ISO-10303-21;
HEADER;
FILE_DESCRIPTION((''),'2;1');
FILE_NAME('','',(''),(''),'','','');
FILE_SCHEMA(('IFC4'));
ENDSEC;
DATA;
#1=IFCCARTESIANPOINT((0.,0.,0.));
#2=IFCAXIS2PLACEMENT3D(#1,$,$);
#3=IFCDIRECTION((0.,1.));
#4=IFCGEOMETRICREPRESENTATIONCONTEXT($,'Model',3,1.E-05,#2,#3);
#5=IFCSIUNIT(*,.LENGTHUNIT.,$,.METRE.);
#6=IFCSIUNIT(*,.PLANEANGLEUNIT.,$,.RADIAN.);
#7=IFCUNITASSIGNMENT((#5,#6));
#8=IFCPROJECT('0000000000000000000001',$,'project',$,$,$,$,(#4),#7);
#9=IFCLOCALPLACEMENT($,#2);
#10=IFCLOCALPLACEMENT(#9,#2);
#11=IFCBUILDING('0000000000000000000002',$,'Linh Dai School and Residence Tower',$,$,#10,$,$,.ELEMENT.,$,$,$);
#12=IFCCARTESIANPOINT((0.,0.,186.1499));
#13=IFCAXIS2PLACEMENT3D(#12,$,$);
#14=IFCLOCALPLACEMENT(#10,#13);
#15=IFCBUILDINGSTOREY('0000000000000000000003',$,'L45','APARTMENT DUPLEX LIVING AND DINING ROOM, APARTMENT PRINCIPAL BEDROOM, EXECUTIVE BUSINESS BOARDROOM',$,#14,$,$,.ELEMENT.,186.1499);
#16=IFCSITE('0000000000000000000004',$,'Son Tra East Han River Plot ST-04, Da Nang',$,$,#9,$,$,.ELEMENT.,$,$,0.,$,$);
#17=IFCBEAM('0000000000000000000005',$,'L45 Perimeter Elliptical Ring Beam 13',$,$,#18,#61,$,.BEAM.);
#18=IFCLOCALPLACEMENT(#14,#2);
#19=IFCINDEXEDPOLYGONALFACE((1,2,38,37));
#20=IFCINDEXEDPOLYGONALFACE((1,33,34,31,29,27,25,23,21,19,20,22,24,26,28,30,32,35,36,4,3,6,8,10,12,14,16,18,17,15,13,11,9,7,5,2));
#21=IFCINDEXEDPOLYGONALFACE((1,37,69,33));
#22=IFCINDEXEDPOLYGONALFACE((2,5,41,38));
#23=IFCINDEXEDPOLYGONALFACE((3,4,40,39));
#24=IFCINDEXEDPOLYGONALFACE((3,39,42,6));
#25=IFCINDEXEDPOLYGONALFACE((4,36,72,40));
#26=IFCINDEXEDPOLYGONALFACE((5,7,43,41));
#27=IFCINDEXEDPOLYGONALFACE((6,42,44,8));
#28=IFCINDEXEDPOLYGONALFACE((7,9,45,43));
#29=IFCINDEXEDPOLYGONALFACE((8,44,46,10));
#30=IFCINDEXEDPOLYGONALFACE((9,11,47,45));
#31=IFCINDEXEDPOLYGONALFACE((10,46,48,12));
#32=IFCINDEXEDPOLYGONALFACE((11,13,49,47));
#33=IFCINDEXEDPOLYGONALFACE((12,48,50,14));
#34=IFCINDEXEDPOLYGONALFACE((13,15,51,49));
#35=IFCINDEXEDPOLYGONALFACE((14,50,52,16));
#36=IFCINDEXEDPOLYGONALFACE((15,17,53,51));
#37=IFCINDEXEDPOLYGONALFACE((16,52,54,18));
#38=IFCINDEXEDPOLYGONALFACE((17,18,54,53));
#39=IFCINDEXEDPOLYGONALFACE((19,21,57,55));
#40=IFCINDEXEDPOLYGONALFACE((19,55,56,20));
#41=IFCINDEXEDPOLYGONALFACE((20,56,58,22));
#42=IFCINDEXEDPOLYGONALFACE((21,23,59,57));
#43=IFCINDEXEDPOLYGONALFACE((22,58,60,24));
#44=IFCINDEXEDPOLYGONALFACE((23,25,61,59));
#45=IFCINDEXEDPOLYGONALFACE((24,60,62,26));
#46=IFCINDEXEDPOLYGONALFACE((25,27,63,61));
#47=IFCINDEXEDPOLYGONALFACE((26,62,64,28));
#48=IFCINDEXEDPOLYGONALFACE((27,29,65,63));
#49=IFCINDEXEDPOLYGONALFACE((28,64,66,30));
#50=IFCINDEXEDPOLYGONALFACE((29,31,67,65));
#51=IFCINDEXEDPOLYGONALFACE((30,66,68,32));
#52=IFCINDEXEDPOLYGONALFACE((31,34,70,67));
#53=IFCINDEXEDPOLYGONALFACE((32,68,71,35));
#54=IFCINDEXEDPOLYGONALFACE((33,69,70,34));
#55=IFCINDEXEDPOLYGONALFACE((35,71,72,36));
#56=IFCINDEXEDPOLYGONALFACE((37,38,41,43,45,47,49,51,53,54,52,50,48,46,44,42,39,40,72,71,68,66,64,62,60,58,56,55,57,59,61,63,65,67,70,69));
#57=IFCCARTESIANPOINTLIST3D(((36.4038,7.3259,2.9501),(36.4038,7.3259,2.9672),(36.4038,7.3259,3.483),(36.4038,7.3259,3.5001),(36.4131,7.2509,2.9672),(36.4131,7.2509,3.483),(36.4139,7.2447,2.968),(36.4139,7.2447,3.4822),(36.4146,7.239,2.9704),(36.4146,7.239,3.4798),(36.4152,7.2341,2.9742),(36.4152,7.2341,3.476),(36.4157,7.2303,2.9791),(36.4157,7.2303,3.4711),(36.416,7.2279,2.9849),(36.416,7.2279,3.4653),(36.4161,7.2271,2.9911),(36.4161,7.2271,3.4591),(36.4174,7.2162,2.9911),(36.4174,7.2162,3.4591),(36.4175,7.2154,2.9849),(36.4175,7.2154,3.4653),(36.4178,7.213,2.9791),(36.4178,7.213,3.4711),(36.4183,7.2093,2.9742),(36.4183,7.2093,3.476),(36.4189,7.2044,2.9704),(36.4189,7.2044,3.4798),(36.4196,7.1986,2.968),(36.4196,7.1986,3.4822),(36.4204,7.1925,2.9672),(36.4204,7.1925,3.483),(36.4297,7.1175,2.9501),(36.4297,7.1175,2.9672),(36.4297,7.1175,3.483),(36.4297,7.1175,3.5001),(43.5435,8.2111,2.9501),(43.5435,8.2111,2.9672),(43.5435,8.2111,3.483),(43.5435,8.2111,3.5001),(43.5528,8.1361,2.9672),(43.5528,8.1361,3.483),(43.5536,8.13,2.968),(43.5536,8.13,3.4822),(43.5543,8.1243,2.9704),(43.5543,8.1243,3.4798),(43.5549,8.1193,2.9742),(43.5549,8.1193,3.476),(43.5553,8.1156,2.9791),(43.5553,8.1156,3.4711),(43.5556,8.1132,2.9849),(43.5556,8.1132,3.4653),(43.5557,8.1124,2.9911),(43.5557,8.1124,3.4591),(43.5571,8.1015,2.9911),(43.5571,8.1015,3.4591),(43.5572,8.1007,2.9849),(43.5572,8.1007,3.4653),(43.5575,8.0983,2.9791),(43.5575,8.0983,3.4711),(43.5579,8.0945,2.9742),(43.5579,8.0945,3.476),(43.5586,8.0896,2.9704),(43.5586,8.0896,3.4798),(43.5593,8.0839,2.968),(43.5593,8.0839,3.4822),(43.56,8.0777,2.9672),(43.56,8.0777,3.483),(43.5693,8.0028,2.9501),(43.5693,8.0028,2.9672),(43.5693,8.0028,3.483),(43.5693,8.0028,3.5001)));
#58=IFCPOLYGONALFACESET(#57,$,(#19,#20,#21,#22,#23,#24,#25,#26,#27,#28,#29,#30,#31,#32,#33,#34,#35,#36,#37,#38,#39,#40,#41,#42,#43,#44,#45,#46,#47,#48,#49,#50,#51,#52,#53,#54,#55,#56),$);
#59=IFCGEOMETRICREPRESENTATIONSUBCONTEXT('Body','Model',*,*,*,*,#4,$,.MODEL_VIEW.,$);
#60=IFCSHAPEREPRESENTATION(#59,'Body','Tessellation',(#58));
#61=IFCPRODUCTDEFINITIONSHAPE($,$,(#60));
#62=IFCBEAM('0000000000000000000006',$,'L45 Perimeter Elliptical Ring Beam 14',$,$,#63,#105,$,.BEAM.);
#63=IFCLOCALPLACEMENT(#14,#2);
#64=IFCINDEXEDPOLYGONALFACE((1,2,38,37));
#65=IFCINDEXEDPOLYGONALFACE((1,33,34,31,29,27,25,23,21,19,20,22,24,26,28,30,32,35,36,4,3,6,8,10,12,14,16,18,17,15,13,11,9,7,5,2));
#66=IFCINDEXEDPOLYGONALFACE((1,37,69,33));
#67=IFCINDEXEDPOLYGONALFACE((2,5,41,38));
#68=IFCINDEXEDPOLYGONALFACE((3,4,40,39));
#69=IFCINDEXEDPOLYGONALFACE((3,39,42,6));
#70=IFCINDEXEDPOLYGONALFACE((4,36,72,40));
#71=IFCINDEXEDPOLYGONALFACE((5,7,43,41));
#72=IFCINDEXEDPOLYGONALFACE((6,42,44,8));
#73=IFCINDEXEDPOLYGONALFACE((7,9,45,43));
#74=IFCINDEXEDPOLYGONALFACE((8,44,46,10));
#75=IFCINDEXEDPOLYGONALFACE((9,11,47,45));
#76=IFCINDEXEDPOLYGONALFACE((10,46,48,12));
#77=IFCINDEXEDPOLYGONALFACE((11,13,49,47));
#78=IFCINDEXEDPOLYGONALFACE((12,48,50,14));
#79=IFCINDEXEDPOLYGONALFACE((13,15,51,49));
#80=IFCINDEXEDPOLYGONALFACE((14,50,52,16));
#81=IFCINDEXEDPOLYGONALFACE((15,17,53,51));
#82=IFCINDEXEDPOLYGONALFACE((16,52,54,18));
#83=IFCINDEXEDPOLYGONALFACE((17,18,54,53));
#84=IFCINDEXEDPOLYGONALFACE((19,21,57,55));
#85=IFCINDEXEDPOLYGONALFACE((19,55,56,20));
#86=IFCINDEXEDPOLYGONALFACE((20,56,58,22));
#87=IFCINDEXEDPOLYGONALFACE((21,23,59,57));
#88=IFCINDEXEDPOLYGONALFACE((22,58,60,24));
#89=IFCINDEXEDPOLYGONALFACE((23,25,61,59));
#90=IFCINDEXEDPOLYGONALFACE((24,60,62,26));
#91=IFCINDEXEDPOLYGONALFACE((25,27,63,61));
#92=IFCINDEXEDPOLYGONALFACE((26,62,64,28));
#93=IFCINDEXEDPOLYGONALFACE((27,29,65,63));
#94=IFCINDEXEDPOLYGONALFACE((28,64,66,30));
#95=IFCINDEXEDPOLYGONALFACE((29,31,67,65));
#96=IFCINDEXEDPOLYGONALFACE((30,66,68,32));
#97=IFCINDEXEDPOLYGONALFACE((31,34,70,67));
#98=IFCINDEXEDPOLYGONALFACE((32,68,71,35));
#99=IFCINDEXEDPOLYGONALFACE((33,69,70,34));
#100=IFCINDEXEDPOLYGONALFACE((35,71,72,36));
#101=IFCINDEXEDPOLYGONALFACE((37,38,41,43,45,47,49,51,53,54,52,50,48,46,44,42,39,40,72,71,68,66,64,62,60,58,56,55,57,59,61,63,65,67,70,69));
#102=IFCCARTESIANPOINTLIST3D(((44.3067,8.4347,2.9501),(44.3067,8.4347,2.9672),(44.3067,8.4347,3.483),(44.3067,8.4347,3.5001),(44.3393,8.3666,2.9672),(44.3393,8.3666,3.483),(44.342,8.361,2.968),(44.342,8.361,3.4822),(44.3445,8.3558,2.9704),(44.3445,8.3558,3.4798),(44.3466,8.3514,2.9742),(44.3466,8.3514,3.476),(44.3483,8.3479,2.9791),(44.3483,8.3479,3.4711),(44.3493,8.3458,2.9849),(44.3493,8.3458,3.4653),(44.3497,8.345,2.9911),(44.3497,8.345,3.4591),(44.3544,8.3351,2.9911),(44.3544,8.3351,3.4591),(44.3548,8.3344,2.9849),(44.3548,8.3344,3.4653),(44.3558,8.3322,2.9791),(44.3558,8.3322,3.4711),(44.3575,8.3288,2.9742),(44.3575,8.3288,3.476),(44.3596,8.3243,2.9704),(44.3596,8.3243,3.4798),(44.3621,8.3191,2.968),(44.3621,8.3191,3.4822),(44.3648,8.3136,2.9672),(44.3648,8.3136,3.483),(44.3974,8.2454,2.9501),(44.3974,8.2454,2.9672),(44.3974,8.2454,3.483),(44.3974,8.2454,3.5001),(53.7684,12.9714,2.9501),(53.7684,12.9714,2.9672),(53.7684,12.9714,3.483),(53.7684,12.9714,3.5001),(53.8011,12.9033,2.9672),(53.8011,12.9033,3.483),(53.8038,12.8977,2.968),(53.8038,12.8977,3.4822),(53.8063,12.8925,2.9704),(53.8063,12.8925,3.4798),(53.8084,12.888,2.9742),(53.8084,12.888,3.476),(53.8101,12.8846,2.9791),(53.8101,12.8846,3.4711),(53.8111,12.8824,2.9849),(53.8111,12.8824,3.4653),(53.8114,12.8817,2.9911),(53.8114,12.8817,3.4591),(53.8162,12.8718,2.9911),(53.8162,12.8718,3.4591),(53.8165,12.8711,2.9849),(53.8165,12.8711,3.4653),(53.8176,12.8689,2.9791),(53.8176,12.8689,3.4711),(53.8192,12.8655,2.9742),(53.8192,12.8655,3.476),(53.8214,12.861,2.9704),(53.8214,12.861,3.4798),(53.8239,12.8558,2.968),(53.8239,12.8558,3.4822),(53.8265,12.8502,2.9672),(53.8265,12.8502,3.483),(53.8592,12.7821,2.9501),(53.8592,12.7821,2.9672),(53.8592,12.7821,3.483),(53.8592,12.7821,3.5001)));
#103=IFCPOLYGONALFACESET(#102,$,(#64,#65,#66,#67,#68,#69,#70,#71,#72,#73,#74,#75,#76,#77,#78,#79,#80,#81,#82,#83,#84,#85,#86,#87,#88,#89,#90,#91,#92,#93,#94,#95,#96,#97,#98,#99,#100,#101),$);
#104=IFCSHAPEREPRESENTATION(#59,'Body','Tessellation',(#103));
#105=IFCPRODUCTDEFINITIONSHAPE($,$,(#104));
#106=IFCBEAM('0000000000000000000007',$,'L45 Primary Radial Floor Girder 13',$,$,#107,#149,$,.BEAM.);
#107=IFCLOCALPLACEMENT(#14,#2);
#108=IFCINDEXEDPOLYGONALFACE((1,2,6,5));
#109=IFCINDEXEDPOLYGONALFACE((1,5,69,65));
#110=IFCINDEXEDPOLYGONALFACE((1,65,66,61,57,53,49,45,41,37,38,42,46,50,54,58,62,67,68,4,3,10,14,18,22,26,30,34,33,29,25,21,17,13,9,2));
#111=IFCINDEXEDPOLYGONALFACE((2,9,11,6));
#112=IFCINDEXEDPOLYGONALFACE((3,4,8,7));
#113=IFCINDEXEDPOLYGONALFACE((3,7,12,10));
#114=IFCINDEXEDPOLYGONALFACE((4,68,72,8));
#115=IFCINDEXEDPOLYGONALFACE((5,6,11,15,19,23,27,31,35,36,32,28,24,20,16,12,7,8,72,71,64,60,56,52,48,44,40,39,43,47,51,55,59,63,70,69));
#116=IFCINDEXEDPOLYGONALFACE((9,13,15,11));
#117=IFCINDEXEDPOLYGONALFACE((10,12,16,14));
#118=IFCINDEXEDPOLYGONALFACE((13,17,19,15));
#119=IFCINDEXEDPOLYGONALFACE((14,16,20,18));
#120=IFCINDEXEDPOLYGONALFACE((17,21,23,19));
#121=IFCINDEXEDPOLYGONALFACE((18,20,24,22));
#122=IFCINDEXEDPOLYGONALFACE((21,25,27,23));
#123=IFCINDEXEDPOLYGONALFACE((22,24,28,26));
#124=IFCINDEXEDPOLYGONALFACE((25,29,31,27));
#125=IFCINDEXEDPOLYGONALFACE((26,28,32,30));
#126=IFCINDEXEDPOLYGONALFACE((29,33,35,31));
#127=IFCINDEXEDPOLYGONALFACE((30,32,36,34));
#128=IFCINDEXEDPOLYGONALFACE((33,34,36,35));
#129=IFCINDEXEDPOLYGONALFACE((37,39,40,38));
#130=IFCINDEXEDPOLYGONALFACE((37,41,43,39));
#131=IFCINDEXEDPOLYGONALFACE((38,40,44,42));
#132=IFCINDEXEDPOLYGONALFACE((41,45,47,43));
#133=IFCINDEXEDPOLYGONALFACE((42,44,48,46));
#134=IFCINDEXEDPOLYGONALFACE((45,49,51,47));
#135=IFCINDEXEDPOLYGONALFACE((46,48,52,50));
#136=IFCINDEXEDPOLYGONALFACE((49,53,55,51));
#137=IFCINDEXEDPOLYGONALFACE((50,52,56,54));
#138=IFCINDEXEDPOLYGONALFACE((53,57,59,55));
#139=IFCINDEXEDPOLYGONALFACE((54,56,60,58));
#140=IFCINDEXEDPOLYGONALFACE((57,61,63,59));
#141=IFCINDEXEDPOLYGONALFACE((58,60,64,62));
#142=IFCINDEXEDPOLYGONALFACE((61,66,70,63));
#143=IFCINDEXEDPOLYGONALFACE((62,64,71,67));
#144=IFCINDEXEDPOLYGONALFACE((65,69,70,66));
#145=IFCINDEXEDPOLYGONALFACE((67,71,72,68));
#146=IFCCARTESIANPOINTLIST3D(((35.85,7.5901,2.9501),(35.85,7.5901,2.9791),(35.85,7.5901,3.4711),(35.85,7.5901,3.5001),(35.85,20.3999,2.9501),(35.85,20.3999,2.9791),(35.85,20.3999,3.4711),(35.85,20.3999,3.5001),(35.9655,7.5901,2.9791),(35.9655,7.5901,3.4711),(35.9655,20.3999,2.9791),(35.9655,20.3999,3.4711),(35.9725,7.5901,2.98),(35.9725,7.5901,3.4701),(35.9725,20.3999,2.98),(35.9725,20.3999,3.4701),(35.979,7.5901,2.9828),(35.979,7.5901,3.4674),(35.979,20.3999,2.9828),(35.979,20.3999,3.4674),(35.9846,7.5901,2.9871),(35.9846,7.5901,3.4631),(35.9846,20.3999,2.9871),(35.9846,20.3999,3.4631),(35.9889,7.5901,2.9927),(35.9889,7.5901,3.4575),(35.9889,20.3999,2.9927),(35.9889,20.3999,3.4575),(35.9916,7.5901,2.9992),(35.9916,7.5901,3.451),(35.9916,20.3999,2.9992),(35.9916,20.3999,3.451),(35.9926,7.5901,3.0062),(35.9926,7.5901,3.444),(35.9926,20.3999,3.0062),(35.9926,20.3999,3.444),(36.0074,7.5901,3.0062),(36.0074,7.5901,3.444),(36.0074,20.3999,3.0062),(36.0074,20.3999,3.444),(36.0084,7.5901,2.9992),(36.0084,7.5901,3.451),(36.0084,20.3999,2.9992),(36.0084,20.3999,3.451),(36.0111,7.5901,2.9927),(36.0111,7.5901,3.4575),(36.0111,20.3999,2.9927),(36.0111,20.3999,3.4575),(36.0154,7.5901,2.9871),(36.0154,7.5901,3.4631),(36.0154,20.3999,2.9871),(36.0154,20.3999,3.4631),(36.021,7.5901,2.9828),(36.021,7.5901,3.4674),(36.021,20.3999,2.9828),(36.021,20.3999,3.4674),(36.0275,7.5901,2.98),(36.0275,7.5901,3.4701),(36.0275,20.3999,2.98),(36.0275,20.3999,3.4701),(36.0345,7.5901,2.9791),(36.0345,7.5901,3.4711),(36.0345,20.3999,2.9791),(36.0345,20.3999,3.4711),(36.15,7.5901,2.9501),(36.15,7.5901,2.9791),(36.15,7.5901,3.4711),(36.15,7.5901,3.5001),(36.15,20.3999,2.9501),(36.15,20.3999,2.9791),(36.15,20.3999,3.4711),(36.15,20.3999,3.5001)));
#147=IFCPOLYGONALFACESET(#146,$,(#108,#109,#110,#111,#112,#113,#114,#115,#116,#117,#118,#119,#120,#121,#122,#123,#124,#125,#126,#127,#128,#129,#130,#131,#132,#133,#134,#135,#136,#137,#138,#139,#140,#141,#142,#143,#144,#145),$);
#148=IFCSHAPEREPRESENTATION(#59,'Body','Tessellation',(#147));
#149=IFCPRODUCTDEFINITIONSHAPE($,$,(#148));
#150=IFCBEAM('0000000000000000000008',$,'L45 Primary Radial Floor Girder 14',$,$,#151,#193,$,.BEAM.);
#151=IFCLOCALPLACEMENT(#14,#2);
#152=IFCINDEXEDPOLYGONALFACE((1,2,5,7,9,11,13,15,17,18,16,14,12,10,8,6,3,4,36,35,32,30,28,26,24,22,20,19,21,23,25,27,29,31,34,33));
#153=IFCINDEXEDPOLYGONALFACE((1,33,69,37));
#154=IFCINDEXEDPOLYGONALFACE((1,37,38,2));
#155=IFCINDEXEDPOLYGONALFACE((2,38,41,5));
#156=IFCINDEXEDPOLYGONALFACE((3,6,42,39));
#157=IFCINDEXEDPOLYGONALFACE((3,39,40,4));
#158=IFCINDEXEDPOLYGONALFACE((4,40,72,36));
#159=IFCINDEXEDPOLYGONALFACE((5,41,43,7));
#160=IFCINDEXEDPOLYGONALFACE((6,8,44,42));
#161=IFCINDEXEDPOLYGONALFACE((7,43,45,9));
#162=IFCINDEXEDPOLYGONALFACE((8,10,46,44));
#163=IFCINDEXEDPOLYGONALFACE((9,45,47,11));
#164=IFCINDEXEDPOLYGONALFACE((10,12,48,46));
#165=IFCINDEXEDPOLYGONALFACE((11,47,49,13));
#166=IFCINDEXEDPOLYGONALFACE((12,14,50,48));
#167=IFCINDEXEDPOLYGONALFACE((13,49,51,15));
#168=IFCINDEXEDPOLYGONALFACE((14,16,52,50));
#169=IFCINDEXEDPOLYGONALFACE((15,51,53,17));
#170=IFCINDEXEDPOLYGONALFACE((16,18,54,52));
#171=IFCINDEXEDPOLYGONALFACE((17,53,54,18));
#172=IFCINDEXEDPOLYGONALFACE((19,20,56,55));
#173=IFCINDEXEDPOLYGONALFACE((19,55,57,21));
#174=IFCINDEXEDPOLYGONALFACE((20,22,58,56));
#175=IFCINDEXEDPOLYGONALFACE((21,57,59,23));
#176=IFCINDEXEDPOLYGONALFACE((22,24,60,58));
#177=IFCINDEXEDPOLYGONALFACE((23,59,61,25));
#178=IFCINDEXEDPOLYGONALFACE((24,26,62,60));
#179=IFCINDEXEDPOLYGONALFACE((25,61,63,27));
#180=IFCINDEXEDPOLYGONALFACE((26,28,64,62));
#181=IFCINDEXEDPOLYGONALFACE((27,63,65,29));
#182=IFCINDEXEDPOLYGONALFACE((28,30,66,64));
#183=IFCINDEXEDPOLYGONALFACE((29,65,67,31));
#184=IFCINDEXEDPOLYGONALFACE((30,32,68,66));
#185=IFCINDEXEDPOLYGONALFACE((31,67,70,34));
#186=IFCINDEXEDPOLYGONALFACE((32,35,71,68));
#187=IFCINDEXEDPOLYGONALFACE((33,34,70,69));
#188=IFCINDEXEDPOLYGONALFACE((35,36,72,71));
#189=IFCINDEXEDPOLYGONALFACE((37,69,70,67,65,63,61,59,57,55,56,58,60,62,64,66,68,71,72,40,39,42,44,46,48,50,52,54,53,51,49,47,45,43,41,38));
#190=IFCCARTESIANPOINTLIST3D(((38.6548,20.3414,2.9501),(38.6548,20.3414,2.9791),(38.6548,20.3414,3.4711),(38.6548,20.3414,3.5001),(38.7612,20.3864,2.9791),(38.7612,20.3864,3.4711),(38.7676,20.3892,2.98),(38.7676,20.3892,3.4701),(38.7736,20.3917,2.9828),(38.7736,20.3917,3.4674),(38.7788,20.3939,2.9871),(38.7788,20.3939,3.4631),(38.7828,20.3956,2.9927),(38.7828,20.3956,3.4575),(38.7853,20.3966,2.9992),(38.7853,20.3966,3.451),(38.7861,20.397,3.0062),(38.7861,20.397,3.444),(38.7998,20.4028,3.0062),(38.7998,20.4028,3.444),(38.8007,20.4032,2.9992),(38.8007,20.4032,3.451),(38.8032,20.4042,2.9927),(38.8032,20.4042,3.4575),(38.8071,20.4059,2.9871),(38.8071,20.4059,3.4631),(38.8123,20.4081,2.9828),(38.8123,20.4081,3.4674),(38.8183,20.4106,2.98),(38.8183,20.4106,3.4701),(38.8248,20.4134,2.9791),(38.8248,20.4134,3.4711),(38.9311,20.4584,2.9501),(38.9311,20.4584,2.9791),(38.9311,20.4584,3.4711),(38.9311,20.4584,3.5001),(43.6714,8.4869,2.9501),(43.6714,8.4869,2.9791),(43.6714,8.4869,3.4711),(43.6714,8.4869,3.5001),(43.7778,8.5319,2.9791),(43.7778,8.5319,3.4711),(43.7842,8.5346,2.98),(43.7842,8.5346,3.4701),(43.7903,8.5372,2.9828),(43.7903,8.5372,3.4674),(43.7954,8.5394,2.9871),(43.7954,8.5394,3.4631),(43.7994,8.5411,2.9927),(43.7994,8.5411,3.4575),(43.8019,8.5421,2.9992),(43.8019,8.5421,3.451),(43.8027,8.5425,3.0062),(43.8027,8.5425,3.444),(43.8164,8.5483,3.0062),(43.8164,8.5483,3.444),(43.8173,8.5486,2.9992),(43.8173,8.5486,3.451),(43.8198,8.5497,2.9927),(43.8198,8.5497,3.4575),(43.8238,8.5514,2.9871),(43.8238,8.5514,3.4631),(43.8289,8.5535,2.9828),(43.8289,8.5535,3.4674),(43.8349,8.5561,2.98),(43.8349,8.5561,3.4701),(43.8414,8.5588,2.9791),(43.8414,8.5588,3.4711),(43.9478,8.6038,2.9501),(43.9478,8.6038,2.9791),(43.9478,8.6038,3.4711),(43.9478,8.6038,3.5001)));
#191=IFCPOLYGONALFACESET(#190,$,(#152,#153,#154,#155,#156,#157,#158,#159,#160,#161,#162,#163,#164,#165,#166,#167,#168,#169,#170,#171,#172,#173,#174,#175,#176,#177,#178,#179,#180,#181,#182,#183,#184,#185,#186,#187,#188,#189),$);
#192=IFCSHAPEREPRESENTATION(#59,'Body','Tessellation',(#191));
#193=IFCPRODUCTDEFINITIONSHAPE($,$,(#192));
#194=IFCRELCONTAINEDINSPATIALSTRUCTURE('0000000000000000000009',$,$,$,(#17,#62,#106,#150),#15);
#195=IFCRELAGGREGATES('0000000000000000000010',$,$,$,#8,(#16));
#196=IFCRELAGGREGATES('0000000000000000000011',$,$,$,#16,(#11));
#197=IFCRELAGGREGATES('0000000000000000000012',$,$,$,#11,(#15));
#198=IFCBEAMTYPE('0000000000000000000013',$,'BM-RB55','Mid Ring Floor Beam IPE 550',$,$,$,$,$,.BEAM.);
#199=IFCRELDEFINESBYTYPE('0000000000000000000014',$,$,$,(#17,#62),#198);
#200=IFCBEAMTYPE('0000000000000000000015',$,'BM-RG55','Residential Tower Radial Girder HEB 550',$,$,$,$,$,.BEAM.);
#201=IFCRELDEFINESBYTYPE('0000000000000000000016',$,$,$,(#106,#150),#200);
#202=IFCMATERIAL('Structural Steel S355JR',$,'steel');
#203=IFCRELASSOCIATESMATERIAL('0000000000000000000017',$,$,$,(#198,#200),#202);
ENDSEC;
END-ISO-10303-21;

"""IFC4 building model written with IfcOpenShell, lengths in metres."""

from ifc_helpers import new_model, si_unit, direction, frame, origin, origin_2d, place, context, subcontext, project, spatial, i_section, extrude, material, material_profile, profile_set, type_object, element, save


model = new_model("IFC4")

# Units and contexts
model_context = context("Model", 3, precision=1e-05, world=origin(), true_north=direction((0.0, 1.0)))
body_context = subcontext(model_context, "Body", "Model", "MODEL_VIEW")
ifc_project = project(units=[si_unit("LENGTHUNIT", "METRE"), si_unit("PLANEANGLEUNIT", "RADIAN")], contexts=[model_context])

# Site, building, storey
site_placement = place(None, origin())
site = spatial("IfcSite", under=ifc_project, at=site_placement, Name="Son Tra East Han River Plot ST-04, Da Nang", CompositionType="ELEMENT", RefElevation=0.0)
building_placement = place(site_placement, origin())
building = spatial("IfcBuilding", under=site, at=building_placement, Name="Linh Dai School and Residence Tower", CompositionType="ELEMENT")
storey_placement = place(building_placement, frame((0.0, 0.0, 186.1499)))
storey = spatial("IfcBuildingStorey", under=building, at=storey_placement, Name="L45", Description="APARTMENT DUPLEX LIVING AND DINING ROOM, APARTMENT PRINCIPAL BEDROOM, EXECUTIVE BUSINESS BOARDROOM", CompositionType="ELEMENT", Elevation=186.1499)

# Shared definitions
ifc_material_1 = material(Name="Structural Steel S355JR", Category="steel")

# Beams
ifc_material_profile_1 = material_profile(ifc_material_1, i_section(OverallWidth=0.21, OverallDepth=0.55, WebThickness=0.011, FlangeThickness=0.0171, FilletRadius=0.0239, at=origin_2d()), Name="IPE 550")
ifc_profile_set_1 = profile_set([ifc_material_profile_1], Name="Structural Steel S355JR")
beam_type_1 = type_object("IfcBeamType", Name="BM-RB55", Description="Mid Ring Floor Beam IPE 550", PredefinedType="BEAM", material=ifc_profile_set_1)
beam_1_placement = place(storey_placement, frame((36.4167, 7.2217, 3.2251), z_axis=(0.992401, 0.123049, 0.0), x_axis=(-0.123049, 0.992401, 0.0)))
element("IfcBeam", 1, at=beam_1_placement, inside=storey, type_object=beam_type_1, Name="L45 Perimeter Elliptical Ring Beam 13", PredefinedType="BEAM", context=body_context, shape_type="SweptSolid", body=[
    extrude(i_section(OverallWidth=0.21, OverallDepth=0.55, WebThickness=0.011, FlangeThickness=0.0171, FilletRadius=0.0239, at=origin_2d()), origin(), (0.0, 0.0, 1.0), 7.1943),
])
beam_2_placement = place(storey_placement, frame((44.3521, 8.3401, 3.2251), z_axis=(0.901708, 0.432345, 0.0), x_axis=(-0.432345, 0.901708, 0.0)))
element("IfcBeam", 2, at=beam_2_placement, inside=storey, type_object=beam_type_1, Name="L45 Perimeter Elliptical Ring Beam 14", PredefinedType="BEAM", context=body_context, shape_type="SweptSolid", body=[
    extrude(i_section(OverallWidth=0.21, OverallDepth=0.55, WebThickness=0.011, FlangeThickness=0.0171, FilletRadius=0.0239, at=origin_2d()), origin(), (0.0, 0.0, 1.0), 10.4932),
])
ifc_material_profile_2 = material_profile(ifc_material_1, i_section(OverallWidth=0.3, OverallDepth=0.55, WebThickness=0.0149, FlangeThickness=0.0291, FilletRadius=0.0271, at=origin_2d()), Name="HEB 550")
ifc_profile_set_2 = profile_set([ifc_material_profile_2], Name="Structural Steel S355JR")
beam_type_2 = type_object("IfcBeamType", Name="BM-RG55", Description="Residential Tower Radial Girder HEB 550", PredefinedType="BEAM", material=ifc_profile_set_2)
beam_3_placement = place(storey_placement, frame((36.0, 20.3999, 3.2251), z_axis=(0.0, -1.0, 0.0), x_axis=(1.0, 0.0, 0.0)))
element("IfcBeam", 3, at=beam_3_placement, inside=storey, type_object=beam_type_2, Name="L45 Primary Radial Floor Girder 13", PredefinedType="BEAM", context=body_context, shape_type="SweptSolid", body=[
    extrude(i_section(OverallWidth=0.3, OverallDepth=0.55, WebThickness=0.0149, FlangeThickness=0.0291, FilletRadius=0.0271, at=origin_2d()), origin(), (0.0, 0.0, 1.0), 12.8098),
])
beam_4_placement = place(storey_placement, frame((38.793, 20.3999, 3.2251), z_axis=(0.389722, -0.920933, 0.0), x_axis=(0.920933, 0.389722, 0.0)))
element("IfcBeam", 4, at=beam_4_placement, inside=storey, type_object=beam_type_2, Name="L45 Primary Radial Floor Girder 14", PredefinedType="BEAM", context=body_context, shape_type="SweptSolid", body=[
    extrude(i_section(OverallWidth=0.3, OverallDepth=0.55, WebThickness=0.0149, FlangeThickness=0.0291, FilletRadius=0.0271, at=origin_2d()), origin(), (0.0, 0.0, 1.0), 12.8723),
])

save(model, "model.ifc")
